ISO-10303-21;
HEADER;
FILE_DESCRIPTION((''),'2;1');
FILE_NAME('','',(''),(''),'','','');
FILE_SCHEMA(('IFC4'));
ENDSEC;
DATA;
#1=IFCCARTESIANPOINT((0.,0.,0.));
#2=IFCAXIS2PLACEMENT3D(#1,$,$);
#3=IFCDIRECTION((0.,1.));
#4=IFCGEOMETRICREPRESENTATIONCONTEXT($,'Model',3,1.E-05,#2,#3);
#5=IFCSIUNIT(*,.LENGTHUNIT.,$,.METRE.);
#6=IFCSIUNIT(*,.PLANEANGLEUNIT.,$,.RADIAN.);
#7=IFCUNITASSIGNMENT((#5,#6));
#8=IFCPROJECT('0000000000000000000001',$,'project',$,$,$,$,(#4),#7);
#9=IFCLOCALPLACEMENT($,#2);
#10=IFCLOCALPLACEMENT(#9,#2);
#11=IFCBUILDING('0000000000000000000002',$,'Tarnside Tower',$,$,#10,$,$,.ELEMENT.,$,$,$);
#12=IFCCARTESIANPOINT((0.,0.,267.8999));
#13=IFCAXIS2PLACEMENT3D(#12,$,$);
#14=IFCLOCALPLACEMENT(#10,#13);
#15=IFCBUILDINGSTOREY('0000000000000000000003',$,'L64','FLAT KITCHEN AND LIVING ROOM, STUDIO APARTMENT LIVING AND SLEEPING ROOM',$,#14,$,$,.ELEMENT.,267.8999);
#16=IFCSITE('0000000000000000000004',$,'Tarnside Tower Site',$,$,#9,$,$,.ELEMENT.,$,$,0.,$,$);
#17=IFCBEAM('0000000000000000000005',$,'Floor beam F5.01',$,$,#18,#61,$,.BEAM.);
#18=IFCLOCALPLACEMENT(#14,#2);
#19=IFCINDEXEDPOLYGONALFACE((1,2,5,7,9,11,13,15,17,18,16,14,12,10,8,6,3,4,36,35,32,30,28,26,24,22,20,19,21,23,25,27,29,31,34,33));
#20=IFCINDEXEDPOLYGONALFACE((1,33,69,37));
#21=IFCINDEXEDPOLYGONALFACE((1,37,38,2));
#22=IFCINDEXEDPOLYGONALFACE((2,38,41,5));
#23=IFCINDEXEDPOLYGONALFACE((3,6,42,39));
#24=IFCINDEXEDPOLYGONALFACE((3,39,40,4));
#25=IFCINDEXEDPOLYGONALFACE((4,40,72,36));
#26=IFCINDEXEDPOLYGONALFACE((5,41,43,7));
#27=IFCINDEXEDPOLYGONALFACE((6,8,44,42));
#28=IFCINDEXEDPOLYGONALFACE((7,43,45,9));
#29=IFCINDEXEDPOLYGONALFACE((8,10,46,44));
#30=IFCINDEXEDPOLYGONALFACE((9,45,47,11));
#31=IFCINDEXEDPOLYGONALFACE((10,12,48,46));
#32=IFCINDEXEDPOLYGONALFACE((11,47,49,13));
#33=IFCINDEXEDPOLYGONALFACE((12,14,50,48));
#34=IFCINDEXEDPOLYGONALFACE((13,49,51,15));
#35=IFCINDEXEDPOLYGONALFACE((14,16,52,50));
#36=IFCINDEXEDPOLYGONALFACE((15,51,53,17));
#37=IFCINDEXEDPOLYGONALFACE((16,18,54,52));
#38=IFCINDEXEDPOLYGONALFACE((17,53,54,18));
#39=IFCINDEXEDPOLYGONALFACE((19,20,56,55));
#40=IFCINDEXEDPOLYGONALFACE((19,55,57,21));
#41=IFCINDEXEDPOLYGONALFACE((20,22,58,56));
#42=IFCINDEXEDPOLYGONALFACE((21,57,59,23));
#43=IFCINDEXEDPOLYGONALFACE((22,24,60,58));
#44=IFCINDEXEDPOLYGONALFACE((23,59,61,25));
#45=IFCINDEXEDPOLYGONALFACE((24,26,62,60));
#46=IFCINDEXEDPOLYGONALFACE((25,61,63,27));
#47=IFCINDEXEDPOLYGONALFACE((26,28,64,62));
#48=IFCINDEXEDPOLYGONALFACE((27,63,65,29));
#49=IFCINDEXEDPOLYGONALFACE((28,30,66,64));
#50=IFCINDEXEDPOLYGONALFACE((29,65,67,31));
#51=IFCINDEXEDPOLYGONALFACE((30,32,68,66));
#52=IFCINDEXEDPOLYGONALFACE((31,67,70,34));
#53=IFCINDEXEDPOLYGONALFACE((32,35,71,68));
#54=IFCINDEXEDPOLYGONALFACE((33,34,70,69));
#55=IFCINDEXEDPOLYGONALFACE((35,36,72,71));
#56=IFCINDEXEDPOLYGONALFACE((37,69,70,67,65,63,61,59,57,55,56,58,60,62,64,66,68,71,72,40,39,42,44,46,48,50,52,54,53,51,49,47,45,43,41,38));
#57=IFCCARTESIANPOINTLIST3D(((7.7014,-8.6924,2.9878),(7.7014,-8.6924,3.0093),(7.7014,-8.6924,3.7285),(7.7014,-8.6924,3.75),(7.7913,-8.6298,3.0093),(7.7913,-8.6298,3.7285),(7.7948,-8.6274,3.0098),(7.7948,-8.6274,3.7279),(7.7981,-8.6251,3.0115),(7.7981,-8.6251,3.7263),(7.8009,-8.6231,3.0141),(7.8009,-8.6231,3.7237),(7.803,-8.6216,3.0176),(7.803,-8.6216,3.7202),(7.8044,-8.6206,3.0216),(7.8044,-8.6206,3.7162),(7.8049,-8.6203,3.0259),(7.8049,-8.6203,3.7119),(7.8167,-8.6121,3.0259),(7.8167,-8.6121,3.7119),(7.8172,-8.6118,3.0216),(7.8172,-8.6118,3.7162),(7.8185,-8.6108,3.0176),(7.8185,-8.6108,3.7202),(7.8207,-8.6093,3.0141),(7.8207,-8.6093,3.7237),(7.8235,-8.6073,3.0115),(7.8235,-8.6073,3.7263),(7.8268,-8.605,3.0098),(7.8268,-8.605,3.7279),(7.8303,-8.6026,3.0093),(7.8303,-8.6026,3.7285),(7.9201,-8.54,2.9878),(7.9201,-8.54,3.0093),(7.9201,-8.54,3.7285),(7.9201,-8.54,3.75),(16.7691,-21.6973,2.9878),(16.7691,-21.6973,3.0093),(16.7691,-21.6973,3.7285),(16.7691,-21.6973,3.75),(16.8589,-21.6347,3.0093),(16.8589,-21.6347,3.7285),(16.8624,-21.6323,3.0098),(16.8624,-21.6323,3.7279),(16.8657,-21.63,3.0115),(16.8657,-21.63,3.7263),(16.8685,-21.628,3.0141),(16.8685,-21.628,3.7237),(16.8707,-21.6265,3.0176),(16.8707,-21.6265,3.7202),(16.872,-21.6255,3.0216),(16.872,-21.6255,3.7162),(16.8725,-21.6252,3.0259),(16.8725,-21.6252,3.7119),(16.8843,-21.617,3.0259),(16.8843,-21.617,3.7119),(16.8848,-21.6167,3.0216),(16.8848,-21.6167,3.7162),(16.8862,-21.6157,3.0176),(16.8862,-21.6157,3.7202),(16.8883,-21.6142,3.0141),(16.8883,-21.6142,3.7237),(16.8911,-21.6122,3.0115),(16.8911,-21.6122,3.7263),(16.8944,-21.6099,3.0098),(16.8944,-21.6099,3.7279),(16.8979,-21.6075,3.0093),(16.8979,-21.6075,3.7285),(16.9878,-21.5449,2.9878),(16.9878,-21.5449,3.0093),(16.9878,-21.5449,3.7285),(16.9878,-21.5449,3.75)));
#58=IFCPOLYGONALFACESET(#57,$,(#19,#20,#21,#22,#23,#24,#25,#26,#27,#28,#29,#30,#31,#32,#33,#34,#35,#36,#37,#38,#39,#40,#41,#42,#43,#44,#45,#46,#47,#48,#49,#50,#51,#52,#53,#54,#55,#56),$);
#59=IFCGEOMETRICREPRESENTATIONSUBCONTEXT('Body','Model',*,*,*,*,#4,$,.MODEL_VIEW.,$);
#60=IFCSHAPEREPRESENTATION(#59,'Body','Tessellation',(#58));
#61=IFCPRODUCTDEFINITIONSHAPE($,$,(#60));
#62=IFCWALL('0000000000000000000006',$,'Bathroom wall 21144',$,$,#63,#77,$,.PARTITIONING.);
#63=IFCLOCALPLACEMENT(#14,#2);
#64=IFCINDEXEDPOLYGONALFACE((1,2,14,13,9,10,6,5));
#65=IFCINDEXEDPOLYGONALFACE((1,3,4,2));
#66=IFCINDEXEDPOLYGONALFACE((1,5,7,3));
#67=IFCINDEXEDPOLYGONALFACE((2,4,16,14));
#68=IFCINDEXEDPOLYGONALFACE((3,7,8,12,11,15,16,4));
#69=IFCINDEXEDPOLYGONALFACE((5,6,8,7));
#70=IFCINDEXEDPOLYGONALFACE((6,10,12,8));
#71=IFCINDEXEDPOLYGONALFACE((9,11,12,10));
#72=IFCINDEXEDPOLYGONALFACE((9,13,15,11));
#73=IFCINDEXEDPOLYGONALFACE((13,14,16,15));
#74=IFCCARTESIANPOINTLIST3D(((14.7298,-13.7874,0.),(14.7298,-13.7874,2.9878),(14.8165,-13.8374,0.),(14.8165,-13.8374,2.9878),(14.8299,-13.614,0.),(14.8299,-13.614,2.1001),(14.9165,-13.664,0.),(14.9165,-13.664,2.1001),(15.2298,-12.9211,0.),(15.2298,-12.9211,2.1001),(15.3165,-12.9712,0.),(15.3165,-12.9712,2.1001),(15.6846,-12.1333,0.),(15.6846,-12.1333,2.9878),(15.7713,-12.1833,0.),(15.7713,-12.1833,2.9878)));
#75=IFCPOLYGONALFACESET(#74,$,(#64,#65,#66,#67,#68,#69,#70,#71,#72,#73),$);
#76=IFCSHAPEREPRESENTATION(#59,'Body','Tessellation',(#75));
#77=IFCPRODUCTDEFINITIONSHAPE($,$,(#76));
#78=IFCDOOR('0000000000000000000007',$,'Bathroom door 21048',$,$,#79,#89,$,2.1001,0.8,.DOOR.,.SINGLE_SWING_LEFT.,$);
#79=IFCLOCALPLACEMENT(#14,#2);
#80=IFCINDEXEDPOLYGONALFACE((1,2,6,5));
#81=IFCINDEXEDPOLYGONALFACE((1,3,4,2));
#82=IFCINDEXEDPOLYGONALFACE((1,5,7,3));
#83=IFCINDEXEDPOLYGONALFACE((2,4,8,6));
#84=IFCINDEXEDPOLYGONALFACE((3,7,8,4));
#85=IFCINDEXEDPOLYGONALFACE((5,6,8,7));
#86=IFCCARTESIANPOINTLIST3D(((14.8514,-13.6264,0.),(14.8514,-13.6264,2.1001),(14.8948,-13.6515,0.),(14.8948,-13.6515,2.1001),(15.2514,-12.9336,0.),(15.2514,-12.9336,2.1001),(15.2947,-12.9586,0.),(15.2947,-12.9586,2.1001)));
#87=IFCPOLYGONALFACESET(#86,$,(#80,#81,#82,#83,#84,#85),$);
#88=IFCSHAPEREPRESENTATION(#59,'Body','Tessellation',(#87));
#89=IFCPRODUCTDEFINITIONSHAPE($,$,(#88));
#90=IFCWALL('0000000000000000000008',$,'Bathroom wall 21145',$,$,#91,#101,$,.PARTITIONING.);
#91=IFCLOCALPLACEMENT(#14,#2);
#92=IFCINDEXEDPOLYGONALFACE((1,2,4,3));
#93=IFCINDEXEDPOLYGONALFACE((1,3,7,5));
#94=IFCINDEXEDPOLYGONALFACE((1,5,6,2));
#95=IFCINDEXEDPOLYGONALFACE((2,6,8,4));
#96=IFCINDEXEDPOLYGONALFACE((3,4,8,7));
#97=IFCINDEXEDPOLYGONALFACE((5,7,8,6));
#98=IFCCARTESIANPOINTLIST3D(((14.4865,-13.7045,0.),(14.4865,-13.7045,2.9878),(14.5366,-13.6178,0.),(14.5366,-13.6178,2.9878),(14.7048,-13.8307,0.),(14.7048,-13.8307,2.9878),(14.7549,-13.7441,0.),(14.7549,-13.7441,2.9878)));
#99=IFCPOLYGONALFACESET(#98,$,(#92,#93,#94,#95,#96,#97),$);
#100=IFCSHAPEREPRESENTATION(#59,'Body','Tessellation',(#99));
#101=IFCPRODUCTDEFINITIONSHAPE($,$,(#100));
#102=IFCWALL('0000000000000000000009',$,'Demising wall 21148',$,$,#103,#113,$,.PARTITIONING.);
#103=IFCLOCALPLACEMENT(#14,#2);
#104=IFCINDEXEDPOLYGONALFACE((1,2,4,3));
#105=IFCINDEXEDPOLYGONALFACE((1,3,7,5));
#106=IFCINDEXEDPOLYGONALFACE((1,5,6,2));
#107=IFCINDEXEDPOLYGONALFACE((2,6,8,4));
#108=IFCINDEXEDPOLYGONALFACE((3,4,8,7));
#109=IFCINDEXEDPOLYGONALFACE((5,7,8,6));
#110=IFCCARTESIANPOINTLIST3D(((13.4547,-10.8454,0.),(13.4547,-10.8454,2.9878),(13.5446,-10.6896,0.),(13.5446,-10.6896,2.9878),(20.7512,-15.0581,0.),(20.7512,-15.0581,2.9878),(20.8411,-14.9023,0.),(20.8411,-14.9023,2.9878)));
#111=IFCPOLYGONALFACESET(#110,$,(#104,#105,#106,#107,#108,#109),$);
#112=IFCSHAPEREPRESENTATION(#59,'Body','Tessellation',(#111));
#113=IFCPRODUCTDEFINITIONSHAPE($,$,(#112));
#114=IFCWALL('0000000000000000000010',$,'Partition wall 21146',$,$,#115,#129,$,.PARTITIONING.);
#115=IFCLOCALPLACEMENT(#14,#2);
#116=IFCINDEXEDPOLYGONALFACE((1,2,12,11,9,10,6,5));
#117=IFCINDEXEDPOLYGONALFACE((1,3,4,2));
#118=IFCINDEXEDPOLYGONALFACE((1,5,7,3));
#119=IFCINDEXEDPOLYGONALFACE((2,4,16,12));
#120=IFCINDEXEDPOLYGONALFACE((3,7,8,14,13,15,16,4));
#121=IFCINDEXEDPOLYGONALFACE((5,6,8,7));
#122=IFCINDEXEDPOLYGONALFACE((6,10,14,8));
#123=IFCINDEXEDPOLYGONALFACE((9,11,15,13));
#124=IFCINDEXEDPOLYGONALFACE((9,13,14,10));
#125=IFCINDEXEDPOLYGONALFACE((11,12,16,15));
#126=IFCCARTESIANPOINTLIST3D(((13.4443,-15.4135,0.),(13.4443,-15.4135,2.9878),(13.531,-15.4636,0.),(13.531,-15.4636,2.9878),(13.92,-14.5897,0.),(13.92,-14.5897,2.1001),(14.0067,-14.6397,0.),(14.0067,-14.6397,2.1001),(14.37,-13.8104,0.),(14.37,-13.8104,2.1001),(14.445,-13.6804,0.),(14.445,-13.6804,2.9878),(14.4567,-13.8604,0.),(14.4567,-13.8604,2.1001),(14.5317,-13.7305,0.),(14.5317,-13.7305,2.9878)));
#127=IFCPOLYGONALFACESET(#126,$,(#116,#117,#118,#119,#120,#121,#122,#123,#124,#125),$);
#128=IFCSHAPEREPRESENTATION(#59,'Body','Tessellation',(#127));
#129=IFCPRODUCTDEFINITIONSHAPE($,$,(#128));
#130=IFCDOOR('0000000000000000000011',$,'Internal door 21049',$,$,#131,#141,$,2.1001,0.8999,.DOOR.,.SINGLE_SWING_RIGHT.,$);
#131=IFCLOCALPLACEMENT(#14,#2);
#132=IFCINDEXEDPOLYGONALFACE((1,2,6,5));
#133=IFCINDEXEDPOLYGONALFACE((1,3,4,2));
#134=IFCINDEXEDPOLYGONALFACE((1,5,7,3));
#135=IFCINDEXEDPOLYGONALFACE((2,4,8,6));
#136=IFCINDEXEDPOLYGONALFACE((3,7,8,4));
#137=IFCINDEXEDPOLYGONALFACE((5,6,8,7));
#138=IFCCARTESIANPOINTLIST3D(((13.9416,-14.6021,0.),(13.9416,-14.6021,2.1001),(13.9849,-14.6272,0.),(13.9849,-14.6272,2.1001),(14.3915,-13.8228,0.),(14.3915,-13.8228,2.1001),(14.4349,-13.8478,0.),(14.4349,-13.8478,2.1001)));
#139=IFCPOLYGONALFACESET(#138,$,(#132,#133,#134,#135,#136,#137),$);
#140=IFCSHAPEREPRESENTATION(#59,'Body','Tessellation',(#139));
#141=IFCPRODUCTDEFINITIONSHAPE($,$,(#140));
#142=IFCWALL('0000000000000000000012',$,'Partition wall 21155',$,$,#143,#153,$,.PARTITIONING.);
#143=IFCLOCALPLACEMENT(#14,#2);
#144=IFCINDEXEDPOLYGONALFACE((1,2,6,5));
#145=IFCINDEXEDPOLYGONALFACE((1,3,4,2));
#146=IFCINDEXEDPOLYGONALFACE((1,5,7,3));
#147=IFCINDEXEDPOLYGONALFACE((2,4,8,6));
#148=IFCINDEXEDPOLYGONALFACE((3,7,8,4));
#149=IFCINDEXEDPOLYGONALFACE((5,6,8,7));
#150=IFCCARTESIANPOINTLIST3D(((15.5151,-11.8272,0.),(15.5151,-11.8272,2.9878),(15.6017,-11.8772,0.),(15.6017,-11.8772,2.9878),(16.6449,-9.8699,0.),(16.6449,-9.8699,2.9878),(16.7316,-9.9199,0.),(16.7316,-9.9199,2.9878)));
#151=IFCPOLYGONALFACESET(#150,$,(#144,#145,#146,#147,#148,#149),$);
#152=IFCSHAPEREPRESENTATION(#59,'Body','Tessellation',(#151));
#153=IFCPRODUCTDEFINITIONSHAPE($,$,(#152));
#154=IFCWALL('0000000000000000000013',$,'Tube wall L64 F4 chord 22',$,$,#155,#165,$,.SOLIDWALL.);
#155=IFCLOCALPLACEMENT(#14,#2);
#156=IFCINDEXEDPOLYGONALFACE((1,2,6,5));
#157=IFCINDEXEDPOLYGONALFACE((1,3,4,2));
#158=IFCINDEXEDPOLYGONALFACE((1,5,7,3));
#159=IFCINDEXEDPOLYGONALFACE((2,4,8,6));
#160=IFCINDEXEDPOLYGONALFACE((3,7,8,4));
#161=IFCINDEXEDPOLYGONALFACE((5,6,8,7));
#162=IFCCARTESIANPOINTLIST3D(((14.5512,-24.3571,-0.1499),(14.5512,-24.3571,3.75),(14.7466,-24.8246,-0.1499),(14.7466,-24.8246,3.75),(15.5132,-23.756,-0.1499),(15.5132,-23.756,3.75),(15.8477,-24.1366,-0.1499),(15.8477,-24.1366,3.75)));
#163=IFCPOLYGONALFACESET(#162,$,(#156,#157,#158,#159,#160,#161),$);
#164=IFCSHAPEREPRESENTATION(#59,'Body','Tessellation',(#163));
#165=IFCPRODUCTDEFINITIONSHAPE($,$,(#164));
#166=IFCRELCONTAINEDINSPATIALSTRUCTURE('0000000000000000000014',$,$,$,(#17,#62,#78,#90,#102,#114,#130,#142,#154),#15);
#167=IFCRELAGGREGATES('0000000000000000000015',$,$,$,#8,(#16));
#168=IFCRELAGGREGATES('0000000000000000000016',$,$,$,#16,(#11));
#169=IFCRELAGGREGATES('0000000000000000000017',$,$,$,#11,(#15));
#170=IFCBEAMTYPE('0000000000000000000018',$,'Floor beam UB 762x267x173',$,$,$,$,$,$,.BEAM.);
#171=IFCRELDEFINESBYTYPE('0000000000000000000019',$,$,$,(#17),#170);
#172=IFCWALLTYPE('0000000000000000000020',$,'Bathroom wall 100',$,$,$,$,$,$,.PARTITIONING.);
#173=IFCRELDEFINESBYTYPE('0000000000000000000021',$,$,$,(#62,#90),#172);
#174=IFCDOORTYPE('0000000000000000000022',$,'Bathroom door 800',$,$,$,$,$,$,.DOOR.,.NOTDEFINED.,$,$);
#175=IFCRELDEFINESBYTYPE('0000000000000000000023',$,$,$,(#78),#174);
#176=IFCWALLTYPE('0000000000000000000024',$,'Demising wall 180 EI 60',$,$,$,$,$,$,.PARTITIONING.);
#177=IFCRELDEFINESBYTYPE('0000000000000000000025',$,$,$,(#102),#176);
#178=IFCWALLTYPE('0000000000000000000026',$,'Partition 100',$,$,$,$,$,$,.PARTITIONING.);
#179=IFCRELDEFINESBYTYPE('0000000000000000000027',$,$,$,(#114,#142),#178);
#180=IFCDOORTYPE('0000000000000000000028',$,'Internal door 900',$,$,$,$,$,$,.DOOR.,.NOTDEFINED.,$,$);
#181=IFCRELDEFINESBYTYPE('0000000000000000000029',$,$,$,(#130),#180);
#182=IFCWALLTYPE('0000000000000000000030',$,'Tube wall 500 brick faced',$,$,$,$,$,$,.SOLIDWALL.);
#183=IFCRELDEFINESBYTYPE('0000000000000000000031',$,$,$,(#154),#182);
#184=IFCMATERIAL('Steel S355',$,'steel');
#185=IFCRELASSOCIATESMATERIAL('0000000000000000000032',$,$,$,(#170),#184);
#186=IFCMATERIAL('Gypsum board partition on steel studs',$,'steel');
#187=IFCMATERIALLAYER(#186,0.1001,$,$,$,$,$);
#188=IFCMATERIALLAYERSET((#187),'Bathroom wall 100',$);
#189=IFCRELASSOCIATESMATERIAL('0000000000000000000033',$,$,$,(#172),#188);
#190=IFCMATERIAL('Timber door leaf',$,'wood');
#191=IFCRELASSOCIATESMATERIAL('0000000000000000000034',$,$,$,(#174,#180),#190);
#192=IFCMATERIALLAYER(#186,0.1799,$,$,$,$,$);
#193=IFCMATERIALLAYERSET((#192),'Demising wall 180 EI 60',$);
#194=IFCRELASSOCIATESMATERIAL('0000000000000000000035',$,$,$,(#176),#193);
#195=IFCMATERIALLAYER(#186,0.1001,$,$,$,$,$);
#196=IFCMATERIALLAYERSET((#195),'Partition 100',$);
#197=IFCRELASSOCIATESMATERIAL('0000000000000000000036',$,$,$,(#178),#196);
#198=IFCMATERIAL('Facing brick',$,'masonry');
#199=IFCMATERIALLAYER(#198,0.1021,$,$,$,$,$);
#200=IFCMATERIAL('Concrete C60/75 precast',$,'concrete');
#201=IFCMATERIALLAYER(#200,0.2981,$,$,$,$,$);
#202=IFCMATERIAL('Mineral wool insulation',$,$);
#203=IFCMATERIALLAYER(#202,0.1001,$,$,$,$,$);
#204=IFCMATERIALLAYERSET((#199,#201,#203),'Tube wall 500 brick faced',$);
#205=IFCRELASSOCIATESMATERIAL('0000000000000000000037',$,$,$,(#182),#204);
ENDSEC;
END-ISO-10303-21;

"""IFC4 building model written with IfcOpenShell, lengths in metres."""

from ifc_helpers import new_model, si_unit, direction, frame, frame_2d, origin, origin_2d, place, context, subcontext, project, spatial, polyline, rectangle, i_section, outline, extrude, material, layer, layer_set, material_profile, profile_set, type_object, element, fill, save


model = new_model("IFC4")

# Units and contexts
model_context = context("Model", 3, precision=1e-05, world=origin(), true_north=direction((0.0, 1.0)))
body_context = subcontext(model_context, "Body", "Model", "MODEL_VIEW")
ifc_project = project(units=[si_unit("LENGTHUNIT", "METRE"), si_unit("PLANEANGLEUNIT", "RADIAN")], contexts=[model_context])

# Site, building, storey
site_placement = place(None, origin())
site = spatial("IfcSite", under=ifc_project, at=site_placement, Name="Tarnside Tower Site", CompositionType="ELEMENT", RefElevation=0.0)
building_placement = place(site_placement, origin())
building = spatial("IfcBuilding", under=site, at=building_placement, Name="Tarnside Tower", CompositionType="ELEMENT")
storey_placement = place(building_placement, frame((0.0, 0.0, 267.8999)))
storey = spatial("IfcBuildingStorey", under=building, at=storey_placement, Name="L64", Description="FLAT KITCHEN AND LIVING ROOM, STUDIO APARTMENT LIVING AND SLEEPING ROOM", CompositionType="ELEMENT", Elevation=267.8999)

# Beam
ifc_material_1 = material(Name="Steel S355", Category="steel")
ifc_material_profile_1 = material_profile(ifc_material_1, i_section(OverallWidth=0.2666, OverallDepth=0.7622, WebThickness=0.0144, FlangeThickness=0.0215, FilletRadius=0.0166, at=origin_2d()), Name="UB 762x267x173")
ifc_profile_set_1 = profile_set([ifc_material_profile_1], Name="Steel S355")
beam_type_1 = type_object("IfcBeamType", Name="Floor beam UB 762x267x173", PredefinedType="BEAM", material=ifc_profile_set_1)
beam_1_placement = place(storey_placement, frame((16.8784, -21.6211, 3.3689), z_axis=(-0.571946, 0.820291, 0.0), x_axis=(-0.820291, -0.571946, 0.0)))
element("IfcBeam", 1, at=beam_1_placement, inside=storey, type_object=beam_type_1, Name="Floor beam F5.01", PredefinedType="BEAM", context=body_context, shape_type="SweptSolid", body=[
    extrude(i_section(OverallWidth=0.2666, OverallDepth=0.7622, WebThickness=0.0144, FlangeThickness=0.0215, FilletRadius=0.0166, at=origin_2d()), origin(), (0.0, 0.0, 1.0), 15.854),
])

# Wall, opening, door
ifc_material_2 = material(Name="Gypsum board partition on steel studs", Category="steel")
ifc_layer_1 = layer(ifc_material_2, 0.1001)
ifc_layer_set_1 = layer_set([ifc_layer_1], Name="Bathroom wall 100")
wall_type_1 = type_object("IfcWallType", Name="Bathroom wall 100", PredefinedType="PARTITIONING", material=ifc_layer_set_1)
wall_1_placement = place(storey_placement, frame((15.728, -12.1582, 0.0), z_axis=(0.0, 0.0, 1.0), x_axis=(-0.499947, -0.866056, 0.0)))
wall_1 = element("IfcWall", 2, at=wall_1_placement, inside=storey, type_object=wall_type_1, Name="Bathroom wall 21144", PredefinedType="PARTITIONING", context=body_context, shape_type="SweptSolid", body=[
    extrude(rectangle(XDim=1.9099, YDim=0.1001, at=frame_2d((0.9551, 0.0))), origin(), (0.0, 0.0, 1.0), 2.9878),
])
opening_1_placement = place(wall_1_placement, frame((0.9099, 0.0, 0.0)))
opening_1 = element("IfcOpeningElement", 3, at=opening_1_placement, cuts=wall_1, PredefinedType="OPENING", context=body_context, shape_type="SweptSolid", body=[
    extrude(rectangle(XDim=0.8, YDim=2.1001, at=frame_2d((0.3999, 1.05))), frame((0.0, 0.0601, 0.0), z_axis=(0.0, -1.0, 0.0), x_axis=(1.0, 0.0, 0.0)), (0.0, 0.0, 1.0), 0.1201),
])
ifc_material_3 = material(Name="Timber door leaf", Category="wood")
door_type_1 = type_object("IfcDoorType", Name="Bathroom door 800", OperationType="NOTDEFINED", PredefinedType="DOOR", material=ifc_material_3)
door_1_placement = place(opening_1_placement, origin())
door_1 = element("IfcDoor", 4, at=door_1_placement, inside=storey, type_object=door_type_1, Name="Bathroom door 21048", OperationType="SINGLE_SWING_LEFT", OverallHeight=2.1001, OverallWidth=0.8, PredefinedType="DOOR", context=body_context, shape_type="SweptSolid", body=[
    extrude(rectangle(XDim=0.8, YDim=2.1001, at=frame_2d((0.3999, 1.05))), frame((0.0, 0.0249, 0.0), z_axis=(0.0, -1.0, 0.0), x_axis=(1.0, 0.0, 0.0)), (0.0, 0.0, 1.0), 0.05),
])
fill(opening_1, door_1)

# Walls
wall_2_placement = place(storey_placement, frame((14.7297, -13.7874, 0.0), z_axis=(0.0, 0.0, 1.0), x_axis=(-0.865669, 0.500616, 0.0)))
element("IfcWall", 5, at=wall_2_placement, inside=storey, type_object=wall_type_1, Name="Bathroom wall 21145", PredefinedType="PARTITIONING", context=body_context, shape_type="SweptSolid", body=[
    extrude(rectangle(XDim=0.2522, YDim=0.1001, at=frame_2d((0.126, 0.0))), origin(), (0.0, 0.0, 1.0), 2.9878),
])
ifc_layer_2 = layer(ifc_material_2, 0.1799)
ifc_layer_set_2 = layer_set([ifc_layer_2], Name="Demising wall 180 EI 60")
wall_type_2 = type_object("IfcWallType", Name="Demising wall 180 EI 60", PredefinedType="PARTITIONING", material=ifc_layer_set_2)
wall_3_placement = place(storey_placement, frame((20.7961, -14.9802, 0.0), z_axis=(0.0, 0.0, 1.0), x_axis=(-0.866022, 0.500007, 0.0)))
element("IfcWall", 6, at=wall_3_placement, inside=storey, type_object=wall_type_2, Name="Demising wall 21148", PredefinedType="PARTITIONING", context=body_context, shape_type="SweptSolid", body=[
    extrude(rectangle(XDim=8.4253, YDim=0.1799, at=frame_2d((4.2126, 0.0))), origin(), (0.0, 0.0, 1.0), 2.9878),
])

# Wall, opening, door
ifc_layer_3 = layer(ifc_material_2, 0.1001)
ifc_layer_set_3 = layer_set([ifc_layer_3], Name="Partition 100")
wall_type_3 = type_object("IfcWallType", Name="Partition 100", PredefinedType="PARTITIONING", material=ifc_layer_set_3)
wall_4_placement = place(storey_placement, frame((14.4883, -13.7056, 0.0), z_axis=(0.0, 0.0, 1.0), x_axis=(-0.500036, -0.866005, 0.0)))
wall_4 = element("IfcWall", 7, at=wall_4_placement, inside=storey, type_object=wall_type_3, Name="Partition wall 21146", PredefinedType="PARTITIONING", context=body_context, shape_type="SweptSolid", body=[
    extrude(rectangle(XDim=2.0012, YDim=0.1001, at=frame_2d((1.0005, 0.0))), origin(), (0.0, 0.0, 1.0), 2.9878),
])
opening_2_placement = place(wall_4_placement, frame((0.1499, 0.0, 0.0)))
opening_2 = element("IfcOpeningElement", 8, at=opening_2_placement, cuts=wall_4, PredefinedType="OPENING", context=body_context, shape_type="SweptSolid", body=[
    extrude(rectangle(XDim=0.8999, YDim=2.1001, at=frame_2d((0.45, 1.05))), frame((0.0, 0.0601, 0.0), z_axis=(0.0, -1.0, 0.0), x_axis=(1.0, 0.0, 0.0)), (0.0, 0.0, 1.0), 0.1201),
])
door_type_2 = type_object("IfcDoorType", Name="Internal door 900", OperationType="NOTDEFINED", PredefinedType="DOOR", material=ifc_material_3)
door_2_placement = place(opening_2_placement, origin())
door_2 = element("IfcDoor", 9, at=door_2_placement, inside=storey, type_object=door_type_2, Name="Internal door 21049", OperationType="SINGLE_SWING_RIGHT", OverallHeight=2.1001, OverallWidth=0.8999, PredefinedType="DOOR", context=body_context, shape_type="SweptSolid", body=[
    extrude(rectangle(XDim=0.8999, YDim=2.1001, at=frame_2d((0.45, 1.05))), frame((0.0, 0.0249, 0.0), z_axis=(0.0, -1.0, 0.0), x_axis=(1.0, 0.0, 0.0)), (0.0, 0.0, 1.0), 0.05),
])
fill(opening_2, door_2)

# Walls
wall_5_placement = place(storey_placement, frame((16.6882, -9.895, 0.0), z_axis=(0.0, 0.0, 1.0), x_axis=(-0.49995, -0.866054, 0.0)))
element("IfcWall", 10, at=wall_5_placement, inside=storey, type_object=wall_type_3, Name="Partition wall 21155", PredefinedType="PARTITIONING", context=body_context, shape_type="SweptSolid", body=[
    extrude(rectangle(XDim=2.26, YDim=0.1001, at=frame_2d((1.1299, 0.0))), origin(), (0.0, 0.0, 1.0), 2.9878),
])
ifc_material_4 = material(Name="Facing brick", Category="masonry")
ifc_layer_4 = layer(ifc_material_4, 0.1021)
ifc_material_5 = material(Name="Concrete C60/75 precast", Category="concrete")
ifc_layer_5 = layer(ifc_material_5, 0.2981)
ifc_material_6 = material(Name="Mineral wool insulation")
ifc_layer_6 = layer(ifc_material_6, 0.1001)
ifc_layer_set_4 = layer_set([ifc_layer_4, ifc_layer_5, ifc_layer_6], Name="Tube wall 500 brick faced")
wall_type_4 = type_object("IfcWallType", Name="Tube wall 500 brick faced", PredefinedType="SOLIDWALL", material=ifc_layer_set_4)
wall_6_placement = place(storey_placement, frame((14.6489, -24.5908, -0.1499), z_axis=(0.0, 0.0, 1.0), x_axis=(0.848055, 0.529909, 0.0)))
element("IfcWall", 11, at=wall_6_placement, inside=storey, type_object=wall_type_4, Name="Tube wall L64 F4 chord 22", PredefinedType="SOLIDWALL", context=body_context, shape_type="SweptSolid", body=[
    extrude(outline(polyline([(-0.041, -0.25), (1.2573, -0.25), (1.1753, 0.25), (0.041, 0.25), (-0.041, -0.25)])), origin(), (0.0, 0.0, 1.0), 3.8999),
])

save(model, "model.ifc")
